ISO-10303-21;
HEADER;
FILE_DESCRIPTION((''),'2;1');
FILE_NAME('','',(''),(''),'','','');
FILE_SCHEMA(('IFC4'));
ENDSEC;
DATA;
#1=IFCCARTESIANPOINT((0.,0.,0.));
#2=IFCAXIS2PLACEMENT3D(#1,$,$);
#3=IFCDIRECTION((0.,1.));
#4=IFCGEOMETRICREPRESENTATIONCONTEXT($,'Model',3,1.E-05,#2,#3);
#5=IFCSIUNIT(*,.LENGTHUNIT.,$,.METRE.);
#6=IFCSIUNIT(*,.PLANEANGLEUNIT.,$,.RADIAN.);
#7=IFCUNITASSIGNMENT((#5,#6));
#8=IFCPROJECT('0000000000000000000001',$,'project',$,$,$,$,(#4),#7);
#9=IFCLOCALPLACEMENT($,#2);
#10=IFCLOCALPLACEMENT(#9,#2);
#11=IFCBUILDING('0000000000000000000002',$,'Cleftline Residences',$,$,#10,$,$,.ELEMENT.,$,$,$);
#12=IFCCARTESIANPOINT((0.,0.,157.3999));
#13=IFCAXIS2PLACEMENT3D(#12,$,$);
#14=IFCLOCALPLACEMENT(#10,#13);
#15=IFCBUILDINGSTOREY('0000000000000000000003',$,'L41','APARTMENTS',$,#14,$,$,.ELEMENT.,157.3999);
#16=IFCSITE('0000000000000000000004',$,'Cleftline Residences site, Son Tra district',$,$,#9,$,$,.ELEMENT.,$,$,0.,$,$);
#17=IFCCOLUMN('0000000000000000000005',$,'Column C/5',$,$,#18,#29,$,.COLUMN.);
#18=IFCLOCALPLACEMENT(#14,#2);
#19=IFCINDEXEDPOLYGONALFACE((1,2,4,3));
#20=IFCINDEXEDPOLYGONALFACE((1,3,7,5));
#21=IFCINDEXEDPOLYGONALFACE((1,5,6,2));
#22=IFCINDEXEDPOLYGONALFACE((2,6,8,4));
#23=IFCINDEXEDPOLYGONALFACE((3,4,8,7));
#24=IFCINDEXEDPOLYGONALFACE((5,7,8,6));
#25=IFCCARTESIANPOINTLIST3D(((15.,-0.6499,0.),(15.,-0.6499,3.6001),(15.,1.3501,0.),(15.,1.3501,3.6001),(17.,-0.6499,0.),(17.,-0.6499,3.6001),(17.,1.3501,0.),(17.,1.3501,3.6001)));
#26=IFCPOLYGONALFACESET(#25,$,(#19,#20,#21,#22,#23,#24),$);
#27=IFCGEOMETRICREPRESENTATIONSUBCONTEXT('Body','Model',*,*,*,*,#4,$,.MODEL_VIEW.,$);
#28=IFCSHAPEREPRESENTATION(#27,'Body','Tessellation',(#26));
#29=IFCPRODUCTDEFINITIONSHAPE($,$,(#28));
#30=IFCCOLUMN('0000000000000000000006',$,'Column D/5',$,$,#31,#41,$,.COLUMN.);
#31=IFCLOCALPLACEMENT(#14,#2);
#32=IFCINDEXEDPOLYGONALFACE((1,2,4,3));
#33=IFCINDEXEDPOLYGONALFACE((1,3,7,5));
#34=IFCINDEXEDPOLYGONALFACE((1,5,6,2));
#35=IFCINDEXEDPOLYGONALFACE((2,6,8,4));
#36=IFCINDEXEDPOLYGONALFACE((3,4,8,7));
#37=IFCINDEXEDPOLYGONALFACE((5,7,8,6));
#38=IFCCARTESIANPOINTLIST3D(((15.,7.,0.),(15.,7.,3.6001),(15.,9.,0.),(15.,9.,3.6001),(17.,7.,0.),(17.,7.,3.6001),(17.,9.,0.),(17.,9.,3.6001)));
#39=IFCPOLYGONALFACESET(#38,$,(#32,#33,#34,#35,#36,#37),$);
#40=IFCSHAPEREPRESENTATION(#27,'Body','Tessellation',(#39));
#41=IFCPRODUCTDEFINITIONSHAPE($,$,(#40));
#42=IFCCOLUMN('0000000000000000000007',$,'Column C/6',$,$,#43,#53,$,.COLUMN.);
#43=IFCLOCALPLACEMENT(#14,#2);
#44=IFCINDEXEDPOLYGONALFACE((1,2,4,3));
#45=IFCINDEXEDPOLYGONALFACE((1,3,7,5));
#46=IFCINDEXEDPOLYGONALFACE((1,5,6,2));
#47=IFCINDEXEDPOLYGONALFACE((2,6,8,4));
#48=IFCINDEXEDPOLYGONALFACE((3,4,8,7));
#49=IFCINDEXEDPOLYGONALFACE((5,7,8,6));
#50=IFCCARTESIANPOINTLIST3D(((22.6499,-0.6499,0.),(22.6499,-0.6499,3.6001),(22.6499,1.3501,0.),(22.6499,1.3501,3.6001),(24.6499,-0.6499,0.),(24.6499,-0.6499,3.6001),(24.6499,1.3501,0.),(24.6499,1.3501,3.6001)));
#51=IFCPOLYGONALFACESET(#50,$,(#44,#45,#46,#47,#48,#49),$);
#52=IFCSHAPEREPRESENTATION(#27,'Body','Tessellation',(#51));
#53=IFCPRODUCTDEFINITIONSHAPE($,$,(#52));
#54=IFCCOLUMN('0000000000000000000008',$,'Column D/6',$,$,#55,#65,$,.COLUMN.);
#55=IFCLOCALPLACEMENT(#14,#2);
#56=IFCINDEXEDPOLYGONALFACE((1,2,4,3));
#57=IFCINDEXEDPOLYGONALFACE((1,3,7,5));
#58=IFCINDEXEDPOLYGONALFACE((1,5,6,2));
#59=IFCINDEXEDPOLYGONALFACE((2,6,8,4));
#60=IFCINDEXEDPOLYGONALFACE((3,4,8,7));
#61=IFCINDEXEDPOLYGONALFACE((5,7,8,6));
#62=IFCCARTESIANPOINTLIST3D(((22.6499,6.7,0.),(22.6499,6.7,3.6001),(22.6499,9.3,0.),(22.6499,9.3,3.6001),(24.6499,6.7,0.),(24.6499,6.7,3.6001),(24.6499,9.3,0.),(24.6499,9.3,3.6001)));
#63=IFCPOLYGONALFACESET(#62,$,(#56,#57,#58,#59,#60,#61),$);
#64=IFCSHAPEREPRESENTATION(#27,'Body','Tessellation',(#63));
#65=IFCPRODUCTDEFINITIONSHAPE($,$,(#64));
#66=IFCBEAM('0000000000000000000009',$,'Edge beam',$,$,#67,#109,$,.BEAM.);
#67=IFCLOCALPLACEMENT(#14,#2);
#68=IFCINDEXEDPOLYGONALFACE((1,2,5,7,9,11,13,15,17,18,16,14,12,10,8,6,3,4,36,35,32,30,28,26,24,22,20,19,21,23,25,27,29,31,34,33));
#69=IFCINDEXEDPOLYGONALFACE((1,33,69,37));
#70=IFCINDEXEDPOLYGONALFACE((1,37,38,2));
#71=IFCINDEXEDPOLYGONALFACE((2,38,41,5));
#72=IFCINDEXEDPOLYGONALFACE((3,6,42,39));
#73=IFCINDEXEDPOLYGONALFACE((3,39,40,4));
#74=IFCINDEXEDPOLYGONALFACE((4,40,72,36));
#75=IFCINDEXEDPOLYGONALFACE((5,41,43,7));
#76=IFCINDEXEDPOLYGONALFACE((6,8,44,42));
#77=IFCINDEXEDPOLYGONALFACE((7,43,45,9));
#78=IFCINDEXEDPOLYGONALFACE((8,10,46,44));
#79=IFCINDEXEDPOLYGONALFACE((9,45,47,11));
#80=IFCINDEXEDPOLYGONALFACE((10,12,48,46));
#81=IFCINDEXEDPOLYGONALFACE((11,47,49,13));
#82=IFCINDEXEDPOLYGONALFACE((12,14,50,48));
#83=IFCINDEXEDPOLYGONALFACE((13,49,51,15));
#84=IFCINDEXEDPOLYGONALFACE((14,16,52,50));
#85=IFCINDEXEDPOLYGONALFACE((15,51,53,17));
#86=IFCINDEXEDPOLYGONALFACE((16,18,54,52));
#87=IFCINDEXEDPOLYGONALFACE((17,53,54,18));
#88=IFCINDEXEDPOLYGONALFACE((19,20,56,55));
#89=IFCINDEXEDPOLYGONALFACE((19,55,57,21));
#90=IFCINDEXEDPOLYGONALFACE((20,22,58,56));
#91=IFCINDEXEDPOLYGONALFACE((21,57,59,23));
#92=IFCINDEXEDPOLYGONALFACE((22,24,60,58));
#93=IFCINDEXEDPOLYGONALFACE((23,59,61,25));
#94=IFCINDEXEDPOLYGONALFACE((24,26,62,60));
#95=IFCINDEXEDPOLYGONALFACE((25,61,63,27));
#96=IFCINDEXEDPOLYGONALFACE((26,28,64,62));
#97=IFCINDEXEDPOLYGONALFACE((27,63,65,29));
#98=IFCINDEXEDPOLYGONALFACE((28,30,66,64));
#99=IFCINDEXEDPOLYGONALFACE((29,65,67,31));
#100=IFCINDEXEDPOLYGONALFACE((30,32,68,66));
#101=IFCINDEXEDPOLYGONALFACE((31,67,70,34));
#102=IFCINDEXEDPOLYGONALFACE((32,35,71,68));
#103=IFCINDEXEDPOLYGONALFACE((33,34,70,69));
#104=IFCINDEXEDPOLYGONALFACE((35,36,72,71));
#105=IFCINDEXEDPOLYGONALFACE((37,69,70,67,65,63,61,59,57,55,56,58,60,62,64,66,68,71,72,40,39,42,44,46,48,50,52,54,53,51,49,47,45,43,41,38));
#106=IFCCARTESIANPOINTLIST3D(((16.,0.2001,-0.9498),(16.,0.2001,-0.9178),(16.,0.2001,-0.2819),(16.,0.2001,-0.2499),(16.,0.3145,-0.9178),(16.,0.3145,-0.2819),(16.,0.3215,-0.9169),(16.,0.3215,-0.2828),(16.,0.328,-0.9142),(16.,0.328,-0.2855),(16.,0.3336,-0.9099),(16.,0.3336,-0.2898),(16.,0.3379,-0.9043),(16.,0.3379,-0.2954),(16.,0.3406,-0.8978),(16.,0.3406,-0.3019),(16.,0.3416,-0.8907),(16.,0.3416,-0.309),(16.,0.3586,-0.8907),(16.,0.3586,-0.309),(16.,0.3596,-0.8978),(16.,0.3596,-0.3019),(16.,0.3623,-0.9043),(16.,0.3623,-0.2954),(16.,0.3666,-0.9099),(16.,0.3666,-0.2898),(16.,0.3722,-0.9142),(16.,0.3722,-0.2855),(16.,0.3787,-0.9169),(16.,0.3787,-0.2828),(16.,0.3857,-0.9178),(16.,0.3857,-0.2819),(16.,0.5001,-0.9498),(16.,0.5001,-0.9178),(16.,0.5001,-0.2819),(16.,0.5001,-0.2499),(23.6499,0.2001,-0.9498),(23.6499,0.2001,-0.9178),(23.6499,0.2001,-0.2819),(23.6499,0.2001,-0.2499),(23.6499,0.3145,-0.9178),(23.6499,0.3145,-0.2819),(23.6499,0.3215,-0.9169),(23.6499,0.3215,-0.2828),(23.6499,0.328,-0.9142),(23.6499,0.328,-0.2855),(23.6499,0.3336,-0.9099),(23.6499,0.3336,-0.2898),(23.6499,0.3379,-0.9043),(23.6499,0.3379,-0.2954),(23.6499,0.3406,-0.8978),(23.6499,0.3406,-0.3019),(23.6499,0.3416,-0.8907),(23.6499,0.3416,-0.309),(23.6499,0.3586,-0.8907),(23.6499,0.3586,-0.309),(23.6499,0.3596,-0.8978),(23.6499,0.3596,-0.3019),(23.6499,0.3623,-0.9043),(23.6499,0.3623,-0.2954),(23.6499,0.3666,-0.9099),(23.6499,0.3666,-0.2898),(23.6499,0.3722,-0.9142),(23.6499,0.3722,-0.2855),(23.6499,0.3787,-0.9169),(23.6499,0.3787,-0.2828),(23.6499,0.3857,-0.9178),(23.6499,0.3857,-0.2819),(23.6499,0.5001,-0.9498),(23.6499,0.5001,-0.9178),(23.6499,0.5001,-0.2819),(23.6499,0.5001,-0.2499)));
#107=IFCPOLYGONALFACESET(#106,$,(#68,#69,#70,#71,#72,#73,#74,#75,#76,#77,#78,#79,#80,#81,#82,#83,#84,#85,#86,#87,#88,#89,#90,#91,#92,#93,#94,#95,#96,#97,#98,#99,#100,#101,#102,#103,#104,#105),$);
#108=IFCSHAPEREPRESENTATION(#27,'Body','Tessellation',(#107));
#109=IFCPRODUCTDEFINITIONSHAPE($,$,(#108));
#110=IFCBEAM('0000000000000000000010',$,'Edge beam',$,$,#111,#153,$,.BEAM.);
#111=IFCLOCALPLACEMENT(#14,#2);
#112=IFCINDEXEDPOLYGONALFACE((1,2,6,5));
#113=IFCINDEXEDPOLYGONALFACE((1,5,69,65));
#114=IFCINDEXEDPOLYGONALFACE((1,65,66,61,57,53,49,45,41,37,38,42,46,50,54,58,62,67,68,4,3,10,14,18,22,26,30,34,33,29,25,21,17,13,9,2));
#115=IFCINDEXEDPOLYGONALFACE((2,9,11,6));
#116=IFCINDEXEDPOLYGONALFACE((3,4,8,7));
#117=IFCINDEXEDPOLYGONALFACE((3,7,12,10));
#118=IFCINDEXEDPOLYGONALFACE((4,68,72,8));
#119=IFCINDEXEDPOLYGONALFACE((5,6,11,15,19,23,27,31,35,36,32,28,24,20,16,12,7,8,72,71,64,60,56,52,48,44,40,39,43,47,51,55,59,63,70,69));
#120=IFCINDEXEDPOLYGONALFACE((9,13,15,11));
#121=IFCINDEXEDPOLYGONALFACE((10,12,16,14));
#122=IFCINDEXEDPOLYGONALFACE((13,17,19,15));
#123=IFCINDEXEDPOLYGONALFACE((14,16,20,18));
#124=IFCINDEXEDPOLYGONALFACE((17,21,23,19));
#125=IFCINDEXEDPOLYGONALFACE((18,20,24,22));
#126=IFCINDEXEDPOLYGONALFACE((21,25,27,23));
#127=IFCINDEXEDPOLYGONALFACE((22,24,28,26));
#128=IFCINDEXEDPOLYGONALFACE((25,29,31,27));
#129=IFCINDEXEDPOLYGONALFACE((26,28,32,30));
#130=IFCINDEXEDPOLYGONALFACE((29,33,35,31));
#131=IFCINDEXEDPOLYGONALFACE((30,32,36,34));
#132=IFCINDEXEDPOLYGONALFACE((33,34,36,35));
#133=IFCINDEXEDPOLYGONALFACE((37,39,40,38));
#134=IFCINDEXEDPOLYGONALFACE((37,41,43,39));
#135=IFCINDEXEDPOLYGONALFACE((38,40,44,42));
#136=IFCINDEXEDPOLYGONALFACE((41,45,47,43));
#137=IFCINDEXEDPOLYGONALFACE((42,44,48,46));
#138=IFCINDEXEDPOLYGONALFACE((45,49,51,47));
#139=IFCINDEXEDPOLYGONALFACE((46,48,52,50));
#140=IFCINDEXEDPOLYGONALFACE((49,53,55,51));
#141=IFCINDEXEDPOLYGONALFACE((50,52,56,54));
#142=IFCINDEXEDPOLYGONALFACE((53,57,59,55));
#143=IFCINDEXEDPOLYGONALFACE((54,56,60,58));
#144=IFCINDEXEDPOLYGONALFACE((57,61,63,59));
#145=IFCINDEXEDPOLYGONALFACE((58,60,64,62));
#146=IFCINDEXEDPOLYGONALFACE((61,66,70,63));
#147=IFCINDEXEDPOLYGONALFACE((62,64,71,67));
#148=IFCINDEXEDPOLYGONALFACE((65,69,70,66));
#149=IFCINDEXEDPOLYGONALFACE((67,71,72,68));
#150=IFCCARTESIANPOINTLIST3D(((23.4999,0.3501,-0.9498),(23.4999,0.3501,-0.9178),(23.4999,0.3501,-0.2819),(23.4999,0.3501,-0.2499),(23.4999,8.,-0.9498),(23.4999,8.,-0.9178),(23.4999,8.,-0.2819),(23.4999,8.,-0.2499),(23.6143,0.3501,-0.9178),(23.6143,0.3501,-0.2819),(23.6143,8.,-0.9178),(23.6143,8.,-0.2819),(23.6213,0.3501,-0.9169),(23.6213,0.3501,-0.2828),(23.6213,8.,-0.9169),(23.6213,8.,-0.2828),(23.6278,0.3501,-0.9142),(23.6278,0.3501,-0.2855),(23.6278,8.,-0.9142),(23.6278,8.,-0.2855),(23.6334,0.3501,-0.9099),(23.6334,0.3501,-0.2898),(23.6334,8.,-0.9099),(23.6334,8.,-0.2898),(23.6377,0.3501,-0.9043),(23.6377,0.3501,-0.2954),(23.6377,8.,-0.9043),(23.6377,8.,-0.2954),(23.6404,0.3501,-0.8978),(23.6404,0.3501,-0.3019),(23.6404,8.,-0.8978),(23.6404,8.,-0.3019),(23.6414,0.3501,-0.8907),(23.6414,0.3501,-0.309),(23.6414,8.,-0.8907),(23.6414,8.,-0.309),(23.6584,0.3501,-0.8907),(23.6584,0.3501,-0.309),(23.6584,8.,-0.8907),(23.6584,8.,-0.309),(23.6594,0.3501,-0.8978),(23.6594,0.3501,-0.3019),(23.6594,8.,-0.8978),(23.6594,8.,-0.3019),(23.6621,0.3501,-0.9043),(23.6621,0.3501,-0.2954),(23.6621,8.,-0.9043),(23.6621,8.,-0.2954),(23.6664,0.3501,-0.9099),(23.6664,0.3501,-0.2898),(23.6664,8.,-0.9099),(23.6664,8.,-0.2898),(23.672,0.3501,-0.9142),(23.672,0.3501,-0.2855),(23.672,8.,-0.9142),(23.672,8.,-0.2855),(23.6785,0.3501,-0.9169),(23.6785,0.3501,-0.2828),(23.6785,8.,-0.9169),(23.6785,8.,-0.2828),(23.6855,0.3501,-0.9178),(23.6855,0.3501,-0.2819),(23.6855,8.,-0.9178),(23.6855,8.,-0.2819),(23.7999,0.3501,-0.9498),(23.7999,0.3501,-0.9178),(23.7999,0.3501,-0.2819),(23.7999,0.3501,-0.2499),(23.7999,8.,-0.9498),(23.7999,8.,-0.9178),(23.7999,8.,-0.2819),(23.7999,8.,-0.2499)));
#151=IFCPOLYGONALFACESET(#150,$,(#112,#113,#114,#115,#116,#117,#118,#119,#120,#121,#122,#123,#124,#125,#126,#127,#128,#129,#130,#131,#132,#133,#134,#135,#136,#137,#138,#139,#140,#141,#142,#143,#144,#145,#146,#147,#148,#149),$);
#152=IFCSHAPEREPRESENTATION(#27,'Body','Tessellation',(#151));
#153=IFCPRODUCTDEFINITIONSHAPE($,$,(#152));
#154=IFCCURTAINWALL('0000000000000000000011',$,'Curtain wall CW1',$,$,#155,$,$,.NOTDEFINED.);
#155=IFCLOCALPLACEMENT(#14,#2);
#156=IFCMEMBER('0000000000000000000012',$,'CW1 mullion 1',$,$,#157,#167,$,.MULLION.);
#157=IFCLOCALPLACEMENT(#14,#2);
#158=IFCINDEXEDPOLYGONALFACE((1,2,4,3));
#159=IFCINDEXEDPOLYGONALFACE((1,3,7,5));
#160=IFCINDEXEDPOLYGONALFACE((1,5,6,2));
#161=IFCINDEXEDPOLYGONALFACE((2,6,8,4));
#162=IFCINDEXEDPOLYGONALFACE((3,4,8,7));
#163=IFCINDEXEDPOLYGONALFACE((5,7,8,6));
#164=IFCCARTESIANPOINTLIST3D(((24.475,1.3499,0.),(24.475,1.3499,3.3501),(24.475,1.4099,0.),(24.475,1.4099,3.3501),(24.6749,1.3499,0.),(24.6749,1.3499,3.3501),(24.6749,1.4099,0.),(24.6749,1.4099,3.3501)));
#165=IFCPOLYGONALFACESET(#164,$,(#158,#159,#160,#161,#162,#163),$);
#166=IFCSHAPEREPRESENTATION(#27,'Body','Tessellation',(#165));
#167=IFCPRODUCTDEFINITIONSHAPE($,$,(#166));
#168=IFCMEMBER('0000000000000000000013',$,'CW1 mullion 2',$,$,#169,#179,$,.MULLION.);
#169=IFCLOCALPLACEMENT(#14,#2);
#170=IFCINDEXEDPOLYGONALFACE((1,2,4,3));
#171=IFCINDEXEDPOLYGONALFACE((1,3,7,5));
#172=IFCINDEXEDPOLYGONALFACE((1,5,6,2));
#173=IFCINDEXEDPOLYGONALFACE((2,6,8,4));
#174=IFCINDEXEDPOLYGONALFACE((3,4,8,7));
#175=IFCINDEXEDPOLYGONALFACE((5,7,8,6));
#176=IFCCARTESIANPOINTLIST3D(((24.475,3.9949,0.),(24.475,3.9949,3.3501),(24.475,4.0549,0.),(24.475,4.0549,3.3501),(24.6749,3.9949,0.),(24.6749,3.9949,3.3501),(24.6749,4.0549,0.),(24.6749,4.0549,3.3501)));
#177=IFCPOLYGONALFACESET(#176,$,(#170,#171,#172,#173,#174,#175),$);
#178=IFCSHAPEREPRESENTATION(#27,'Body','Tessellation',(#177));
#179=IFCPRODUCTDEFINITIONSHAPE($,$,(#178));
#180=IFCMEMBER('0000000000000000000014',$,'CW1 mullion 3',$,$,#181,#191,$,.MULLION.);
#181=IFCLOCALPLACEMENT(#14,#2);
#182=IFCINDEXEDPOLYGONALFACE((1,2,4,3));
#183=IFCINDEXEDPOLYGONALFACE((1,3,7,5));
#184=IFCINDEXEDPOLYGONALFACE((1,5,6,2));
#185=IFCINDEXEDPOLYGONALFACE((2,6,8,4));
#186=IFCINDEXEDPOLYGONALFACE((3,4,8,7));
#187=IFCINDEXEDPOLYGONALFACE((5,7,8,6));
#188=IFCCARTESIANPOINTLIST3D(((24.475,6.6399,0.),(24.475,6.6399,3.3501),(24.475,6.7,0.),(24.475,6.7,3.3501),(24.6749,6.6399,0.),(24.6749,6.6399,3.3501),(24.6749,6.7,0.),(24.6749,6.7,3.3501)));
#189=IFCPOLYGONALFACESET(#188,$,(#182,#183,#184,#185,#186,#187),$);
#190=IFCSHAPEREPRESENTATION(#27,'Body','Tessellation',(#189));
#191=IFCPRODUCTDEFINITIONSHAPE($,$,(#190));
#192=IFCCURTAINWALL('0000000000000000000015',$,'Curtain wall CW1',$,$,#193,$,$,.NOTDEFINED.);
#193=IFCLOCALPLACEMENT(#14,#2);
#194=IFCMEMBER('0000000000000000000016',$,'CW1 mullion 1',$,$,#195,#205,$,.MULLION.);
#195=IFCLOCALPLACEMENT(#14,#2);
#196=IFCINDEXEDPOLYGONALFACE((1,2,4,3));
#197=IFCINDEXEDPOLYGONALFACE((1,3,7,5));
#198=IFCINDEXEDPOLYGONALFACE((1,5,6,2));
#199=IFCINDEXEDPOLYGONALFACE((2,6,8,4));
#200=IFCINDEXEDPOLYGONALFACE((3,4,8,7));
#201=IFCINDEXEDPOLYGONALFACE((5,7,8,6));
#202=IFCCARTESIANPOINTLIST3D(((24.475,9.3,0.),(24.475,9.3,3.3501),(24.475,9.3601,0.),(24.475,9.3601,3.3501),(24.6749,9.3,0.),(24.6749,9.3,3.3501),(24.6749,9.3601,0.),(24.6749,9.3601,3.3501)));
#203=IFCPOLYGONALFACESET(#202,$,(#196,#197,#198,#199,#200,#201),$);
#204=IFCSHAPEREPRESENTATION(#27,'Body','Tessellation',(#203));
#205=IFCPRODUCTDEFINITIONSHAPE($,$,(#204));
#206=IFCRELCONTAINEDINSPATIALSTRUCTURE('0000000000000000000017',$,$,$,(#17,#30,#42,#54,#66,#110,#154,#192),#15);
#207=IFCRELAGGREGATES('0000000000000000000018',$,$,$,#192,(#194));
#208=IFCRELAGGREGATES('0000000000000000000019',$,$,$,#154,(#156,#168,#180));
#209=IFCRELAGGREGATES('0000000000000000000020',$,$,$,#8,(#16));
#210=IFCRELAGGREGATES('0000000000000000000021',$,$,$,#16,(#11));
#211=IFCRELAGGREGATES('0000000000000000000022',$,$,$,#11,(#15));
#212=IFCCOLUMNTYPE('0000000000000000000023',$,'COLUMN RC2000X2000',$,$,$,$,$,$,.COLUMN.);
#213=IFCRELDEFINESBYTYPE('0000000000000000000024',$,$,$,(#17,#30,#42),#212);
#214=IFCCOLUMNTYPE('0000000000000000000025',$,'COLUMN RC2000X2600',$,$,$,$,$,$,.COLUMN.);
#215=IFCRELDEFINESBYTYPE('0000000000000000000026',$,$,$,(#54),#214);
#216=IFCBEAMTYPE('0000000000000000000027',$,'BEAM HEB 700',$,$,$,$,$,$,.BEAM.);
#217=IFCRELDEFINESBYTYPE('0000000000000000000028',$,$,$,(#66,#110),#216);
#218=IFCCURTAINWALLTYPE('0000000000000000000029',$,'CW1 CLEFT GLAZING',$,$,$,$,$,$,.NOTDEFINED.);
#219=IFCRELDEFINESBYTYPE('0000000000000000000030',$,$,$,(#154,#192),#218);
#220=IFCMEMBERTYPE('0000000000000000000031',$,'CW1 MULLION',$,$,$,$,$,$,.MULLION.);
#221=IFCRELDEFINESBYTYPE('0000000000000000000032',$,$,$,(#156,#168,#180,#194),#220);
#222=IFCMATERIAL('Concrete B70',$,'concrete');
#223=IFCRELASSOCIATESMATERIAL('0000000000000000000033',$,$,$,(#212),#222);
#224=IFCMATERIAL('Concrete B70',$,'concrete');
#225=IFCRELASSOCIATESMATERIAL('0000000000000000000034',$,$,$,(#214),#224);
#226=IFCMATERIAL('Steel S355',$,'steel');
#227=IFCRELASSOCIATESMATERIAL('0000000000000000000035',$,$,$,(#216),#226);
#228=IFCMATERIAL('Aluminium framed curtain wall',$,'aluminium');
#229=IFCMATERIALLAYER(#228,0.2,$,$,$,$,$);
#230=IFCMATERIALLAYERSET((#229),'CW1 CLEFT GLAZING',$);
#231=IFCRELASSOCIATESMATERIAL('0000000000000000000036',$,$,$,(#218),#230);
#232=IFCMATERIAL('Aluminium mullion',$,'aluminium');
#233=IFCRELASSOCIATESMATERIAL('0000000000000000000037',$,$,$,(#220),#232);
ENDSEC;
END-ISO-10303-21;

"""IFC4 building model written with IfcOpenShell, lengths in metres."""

from ifc_helpers import new_model, si_unit, direction, frame, origin, origin_2d, place, context, subcontext, project, spatial, rectangle, i_section, extrude, material, layer, layer_set, material_profile, profile_set, type_object, element, aggregate, save


model = new_model("IFC4")

# Units and contexts
model_context = context("Model", 3, precision=1e-05, world=origin(), true_north=direction((0.0, 1.0)))
body_context = subcontext(model_context, "Body", "Model", "MODEL_VIEW")
ifc_project = project(units=[si_unit("LENGTHUNIT", "METRE"), si_unit("PLANEANGLEUNIT", "RADIAN")], contexts=[model_context])

# Site, building, storey
site_placement = place(None, origin())
site = spatial("IfcSite", under=ifc_project, at=site_placement, Name="Cleftline Residences site, Son Tra district", CompositionType="ELEMENT", RefElevation=0.0)
building_placement = place(site_placement, origin())
building = spatial("IfcBuilding", under=site, at=building_placement, Name="Cleftline Residences", CompositionType="ELEMENT")
storey_placement = place(building_placement, frame((0.0, 0.0, 157.3999)))
storey = spatial("IfcBuildingStorey", under=building, at=storey_placement, Name="L41", Description="APARTMENTS", CompositionType="ELEMENT", Elevation=157.3999)

# Columns
ifc_material_1 = material(Name="Concrete B70", Category="concrete")
ifc_material_profile_1 = material_profile(ifc_material_1, rectangle(XDim=2.0, YDim=2.0, at=origin_2d()))
ifc_profile_set_1 = profile_set([ifc_material_profile_1], Name="Concrete B70")
column_type_1 = type_object("IfcColumnType", Name="COLUMN RC2000X2000", PredefinedType="COLUMN", material=ifc_profile_set_1)
for number, where, z_axis, x_axis, name in (
    (1, (16.0, 0.3501, 0.0), (0.0, 0.0, 1.0), (1.0, 0.0, 0.0), "Column C/5"),
    (2, (16.0, 8.0, 0.0), (0.0, 0.0, 1.0), (1.0, 0.0, 0.0), "Column D/5"),
    (3, (23.6499, 0.3501, 0.0), (0.0, 0.0, 1.0), (1.0, 0.0, 0.0), "Column C/6"),
):
    element("IfcColumn", number, at=place(storey_placement, frame(where, z_axis=z_axis, x_axis=x_axis)), inside=storey, type_object=column_type_1, Name=name, PredefinedType="COLUMN", context=body_context, shape_type="SweptSolid", body=[
        extrude(rectangle(XDim=2.0, YDim=2.0, at=origin_2d()), origin(), (0.0, 0.0, 1.0), 3.6001),
    ])
ifc_material_2 = material(Name="Concrete B70", Category="concrete")
ifc_material_profile_2 = material_profile(ifc_material_2, rectangle(XDim=2.0, YDim=2.6001, at=origin_2d()))
ifc_profile_set_2 = profile_set([ifc_material_profile_2], Name="Concrete B70")
column_type_2 = type_object("IfcColumnType", Name="COLUMN RC2000X2600", PredefinedType="COLUMN", material=ifc_profile_set_2)
column_placement = place(storey_placement, frame((23.6499, 8.0, 0.0), z_axis=(0.0, 0.0, 1.0), x_axis=(1.0, 0.0, 0.0)))
element("IfcColumn", 4, at=column_placement, inside=storey, type_object=column_type_2, Name="Column D/6", PredefinedType="COLUMN", context=body_context, shape_type="SweptSolid", body=[
    extrude(rectangle(XDim=2.0, YDim=2.6001, at=origin_2d()), origin(), (0.0, 0.0, 1.0), 3.6001),
])

# Beams
ifc_material_3 = material(Name="Steel S355", Category="steel")
ifc_material_profile_3 = material_profile(ifc_material_3, i_section(OverallWidth=0.3, OverallDepth=0.7, WebThickness=0.0171, FlangeThickness=0.032, FilletRadius=0.0271, at=origin_2d()))
ifc_profile_set_3 = profile_set([ifc_material_profile_3], Name="Steel S355")
beam_type = type_object("IfcBeamType", Name="BEAM HEB 700", PredefinedType="BEAM", material=ifc_profile_set_3)
for number, where, z_axis, x_axis, name in (
    (5, (16.0, 0.3501, -0.5999), (1.0, 0.0, 0.0), (0.0, 1.0, 0.0), "Edge beam"),
    (6, (23.6499, 0.3501, -0.5999), (0.0, 1.0, 0.0), (-1.0, 0.0, 0.0), "Edge beam"),
):
    element("IfcBeam", number, at=place(storey_placement, frame(where, z_axis=z_axis, x_axis=x_axis)), inside=storey, type_object=beam_type, Name=name, PredefinedType="BEAM", context=body_context, shape_type="SweptSolid", body=[
        extrude(i_section(OverallWidth=0.3, OverallDepth=0.7, WebThickness=0.0171, FlangeThickness=0.032, FilletRadius=0.0271, at=origin_2d()), origin(), (0.0, 0.0, 1.0), 7.6499),
    ])

# Curtain wall, members
ifc_material_4 = material(Name="Aluminium framed curtain wall", Category="aluminium")
ifc_layer_1 = layer(ifc_material_4, 0.2)
ifc_layer_set_1 = layer_set([ifc_layer_1], Name="CW1 CLEFT GLAZING")
curtain_wall_type = type_object("IfcCurtainWallType", Name="CW1 CLEFT GLAZING", PredefinedType="NOTDEFINED", material=ifc_layer_set_1)
curtain_wall_1_placement = place(storey_placement, origin())
curtain_wall_1 = element("IfcCurtainWall", 7, at=curtain_wall_1_placement, inside=storey, type_object=curtain_wall_type, Name="Curtain wall CW1", PredefinedType="NOTDEFINED")
ifc_material_5 = material(Name="Aluminium mullion", Category="aluminium")
ifc_material_profile_4 = material_profile(ifc_material_5, rectangle(XDim=0.2, YDim=0.0601, at=origin_2d()))
ifc_profile_set_4 = profile_set([ifc_material_profile_4], Name="Aluminium mullion")
member_type_1 = type_object("IfcMemberType", Name="CW1 MULLION", PredefinedType="MULLION", material=ifc_profile_set_4)
member_1_placement = place(storey_placement, frame((24.575, 1.3799, 0.0), z_axis=(0.0, 0.0, 1.0), x_axis=(-1.0, 0.0, 0.0)))
member_1 = element("IfcMember", 8, at=member_1_placement, type_object=member_type_1, Name="CW1 mullion 1", PredefinedType="MULLION", context=body_context, shape_type="SweptSolid", body=[
    extrude(rectangle(XDim=0.2, YDim=0.0601, at=origin_2d()), origin(), (0.0, 0.0, 1.0), 3.3501),
])
member_2_placement = place(storey_placement, frame((24.575, 4.0249, 0.0), z_axis=(0.0, 0.0, 1.0), x_axis=(-1.0, 0.0, 0.0)))
member_2 = element("IfcMember", 9, at=member_2_placement, type_object=member_type_1, Name="CW1 mullion 2", PredefinedType="MULLION", context=body_context, shape_type="SweptSolid", body=[
    extrude(rectangle(XDim=0.2, YDim=0.0601, at=origin_2d()), origin(), (0.0, 0.0, 1.0), 3.3501),
])
member_3_placement = place(storey_placement, frame((24.575, 6.6699, 0.0), z_axis=(0.0, 0.0, 1.0), x_axis=(-1.0, 0.0, 0.0)))
member_3 = element("IfcMember", 10, at=member_3_placement, type_object=member_type_1, Name="CW1 mullion 3", PredefinedType="MULLION", context=body_context, shape_type="SweptSolid", body=[
    extrude(rectangle(XDim=0.2, YDim=0.0601, at=origin_2d()), origin(), (0.0, 0.0, 1.0), 3.3501),
])

# Curtain wall, member
curtain_wall_2_placement = place(storey_placement, origin())
curtain_wall_2 = element("IfcCurtainWall", 11, at=curtain_wall_2_placement, inside=storey, type_object=curtain_wall_type, Name="Curtain wall CW1", PredefinedType="NOTDEFINED")
member_4_placement = place(storey_placement, frame((24.575, 9.3301, 0.0), z_axis=(0.0, 0.0, 1.0), x_axis=(-1.0, 0.0, 0.0)))
member_4 = element("IfcMember", 12, at=member_4_placement, type_object=member_type_1, Name="CW1 mullion 1", PredefinedType="MULLION", context=body_context, shape_type="SweptSolid", body=[
    extrude(rectangle(XDim=0.2, YDim=0.0601, at=origin_2d()), origin(), (0.0, 0.0, 1.0), 3.3501),
])

aggregate(curtain_wall_2, [member_4])

aggregate(curtain_wall_1, [member_1, member_2, member_3])

save(model, "model.ifc")
